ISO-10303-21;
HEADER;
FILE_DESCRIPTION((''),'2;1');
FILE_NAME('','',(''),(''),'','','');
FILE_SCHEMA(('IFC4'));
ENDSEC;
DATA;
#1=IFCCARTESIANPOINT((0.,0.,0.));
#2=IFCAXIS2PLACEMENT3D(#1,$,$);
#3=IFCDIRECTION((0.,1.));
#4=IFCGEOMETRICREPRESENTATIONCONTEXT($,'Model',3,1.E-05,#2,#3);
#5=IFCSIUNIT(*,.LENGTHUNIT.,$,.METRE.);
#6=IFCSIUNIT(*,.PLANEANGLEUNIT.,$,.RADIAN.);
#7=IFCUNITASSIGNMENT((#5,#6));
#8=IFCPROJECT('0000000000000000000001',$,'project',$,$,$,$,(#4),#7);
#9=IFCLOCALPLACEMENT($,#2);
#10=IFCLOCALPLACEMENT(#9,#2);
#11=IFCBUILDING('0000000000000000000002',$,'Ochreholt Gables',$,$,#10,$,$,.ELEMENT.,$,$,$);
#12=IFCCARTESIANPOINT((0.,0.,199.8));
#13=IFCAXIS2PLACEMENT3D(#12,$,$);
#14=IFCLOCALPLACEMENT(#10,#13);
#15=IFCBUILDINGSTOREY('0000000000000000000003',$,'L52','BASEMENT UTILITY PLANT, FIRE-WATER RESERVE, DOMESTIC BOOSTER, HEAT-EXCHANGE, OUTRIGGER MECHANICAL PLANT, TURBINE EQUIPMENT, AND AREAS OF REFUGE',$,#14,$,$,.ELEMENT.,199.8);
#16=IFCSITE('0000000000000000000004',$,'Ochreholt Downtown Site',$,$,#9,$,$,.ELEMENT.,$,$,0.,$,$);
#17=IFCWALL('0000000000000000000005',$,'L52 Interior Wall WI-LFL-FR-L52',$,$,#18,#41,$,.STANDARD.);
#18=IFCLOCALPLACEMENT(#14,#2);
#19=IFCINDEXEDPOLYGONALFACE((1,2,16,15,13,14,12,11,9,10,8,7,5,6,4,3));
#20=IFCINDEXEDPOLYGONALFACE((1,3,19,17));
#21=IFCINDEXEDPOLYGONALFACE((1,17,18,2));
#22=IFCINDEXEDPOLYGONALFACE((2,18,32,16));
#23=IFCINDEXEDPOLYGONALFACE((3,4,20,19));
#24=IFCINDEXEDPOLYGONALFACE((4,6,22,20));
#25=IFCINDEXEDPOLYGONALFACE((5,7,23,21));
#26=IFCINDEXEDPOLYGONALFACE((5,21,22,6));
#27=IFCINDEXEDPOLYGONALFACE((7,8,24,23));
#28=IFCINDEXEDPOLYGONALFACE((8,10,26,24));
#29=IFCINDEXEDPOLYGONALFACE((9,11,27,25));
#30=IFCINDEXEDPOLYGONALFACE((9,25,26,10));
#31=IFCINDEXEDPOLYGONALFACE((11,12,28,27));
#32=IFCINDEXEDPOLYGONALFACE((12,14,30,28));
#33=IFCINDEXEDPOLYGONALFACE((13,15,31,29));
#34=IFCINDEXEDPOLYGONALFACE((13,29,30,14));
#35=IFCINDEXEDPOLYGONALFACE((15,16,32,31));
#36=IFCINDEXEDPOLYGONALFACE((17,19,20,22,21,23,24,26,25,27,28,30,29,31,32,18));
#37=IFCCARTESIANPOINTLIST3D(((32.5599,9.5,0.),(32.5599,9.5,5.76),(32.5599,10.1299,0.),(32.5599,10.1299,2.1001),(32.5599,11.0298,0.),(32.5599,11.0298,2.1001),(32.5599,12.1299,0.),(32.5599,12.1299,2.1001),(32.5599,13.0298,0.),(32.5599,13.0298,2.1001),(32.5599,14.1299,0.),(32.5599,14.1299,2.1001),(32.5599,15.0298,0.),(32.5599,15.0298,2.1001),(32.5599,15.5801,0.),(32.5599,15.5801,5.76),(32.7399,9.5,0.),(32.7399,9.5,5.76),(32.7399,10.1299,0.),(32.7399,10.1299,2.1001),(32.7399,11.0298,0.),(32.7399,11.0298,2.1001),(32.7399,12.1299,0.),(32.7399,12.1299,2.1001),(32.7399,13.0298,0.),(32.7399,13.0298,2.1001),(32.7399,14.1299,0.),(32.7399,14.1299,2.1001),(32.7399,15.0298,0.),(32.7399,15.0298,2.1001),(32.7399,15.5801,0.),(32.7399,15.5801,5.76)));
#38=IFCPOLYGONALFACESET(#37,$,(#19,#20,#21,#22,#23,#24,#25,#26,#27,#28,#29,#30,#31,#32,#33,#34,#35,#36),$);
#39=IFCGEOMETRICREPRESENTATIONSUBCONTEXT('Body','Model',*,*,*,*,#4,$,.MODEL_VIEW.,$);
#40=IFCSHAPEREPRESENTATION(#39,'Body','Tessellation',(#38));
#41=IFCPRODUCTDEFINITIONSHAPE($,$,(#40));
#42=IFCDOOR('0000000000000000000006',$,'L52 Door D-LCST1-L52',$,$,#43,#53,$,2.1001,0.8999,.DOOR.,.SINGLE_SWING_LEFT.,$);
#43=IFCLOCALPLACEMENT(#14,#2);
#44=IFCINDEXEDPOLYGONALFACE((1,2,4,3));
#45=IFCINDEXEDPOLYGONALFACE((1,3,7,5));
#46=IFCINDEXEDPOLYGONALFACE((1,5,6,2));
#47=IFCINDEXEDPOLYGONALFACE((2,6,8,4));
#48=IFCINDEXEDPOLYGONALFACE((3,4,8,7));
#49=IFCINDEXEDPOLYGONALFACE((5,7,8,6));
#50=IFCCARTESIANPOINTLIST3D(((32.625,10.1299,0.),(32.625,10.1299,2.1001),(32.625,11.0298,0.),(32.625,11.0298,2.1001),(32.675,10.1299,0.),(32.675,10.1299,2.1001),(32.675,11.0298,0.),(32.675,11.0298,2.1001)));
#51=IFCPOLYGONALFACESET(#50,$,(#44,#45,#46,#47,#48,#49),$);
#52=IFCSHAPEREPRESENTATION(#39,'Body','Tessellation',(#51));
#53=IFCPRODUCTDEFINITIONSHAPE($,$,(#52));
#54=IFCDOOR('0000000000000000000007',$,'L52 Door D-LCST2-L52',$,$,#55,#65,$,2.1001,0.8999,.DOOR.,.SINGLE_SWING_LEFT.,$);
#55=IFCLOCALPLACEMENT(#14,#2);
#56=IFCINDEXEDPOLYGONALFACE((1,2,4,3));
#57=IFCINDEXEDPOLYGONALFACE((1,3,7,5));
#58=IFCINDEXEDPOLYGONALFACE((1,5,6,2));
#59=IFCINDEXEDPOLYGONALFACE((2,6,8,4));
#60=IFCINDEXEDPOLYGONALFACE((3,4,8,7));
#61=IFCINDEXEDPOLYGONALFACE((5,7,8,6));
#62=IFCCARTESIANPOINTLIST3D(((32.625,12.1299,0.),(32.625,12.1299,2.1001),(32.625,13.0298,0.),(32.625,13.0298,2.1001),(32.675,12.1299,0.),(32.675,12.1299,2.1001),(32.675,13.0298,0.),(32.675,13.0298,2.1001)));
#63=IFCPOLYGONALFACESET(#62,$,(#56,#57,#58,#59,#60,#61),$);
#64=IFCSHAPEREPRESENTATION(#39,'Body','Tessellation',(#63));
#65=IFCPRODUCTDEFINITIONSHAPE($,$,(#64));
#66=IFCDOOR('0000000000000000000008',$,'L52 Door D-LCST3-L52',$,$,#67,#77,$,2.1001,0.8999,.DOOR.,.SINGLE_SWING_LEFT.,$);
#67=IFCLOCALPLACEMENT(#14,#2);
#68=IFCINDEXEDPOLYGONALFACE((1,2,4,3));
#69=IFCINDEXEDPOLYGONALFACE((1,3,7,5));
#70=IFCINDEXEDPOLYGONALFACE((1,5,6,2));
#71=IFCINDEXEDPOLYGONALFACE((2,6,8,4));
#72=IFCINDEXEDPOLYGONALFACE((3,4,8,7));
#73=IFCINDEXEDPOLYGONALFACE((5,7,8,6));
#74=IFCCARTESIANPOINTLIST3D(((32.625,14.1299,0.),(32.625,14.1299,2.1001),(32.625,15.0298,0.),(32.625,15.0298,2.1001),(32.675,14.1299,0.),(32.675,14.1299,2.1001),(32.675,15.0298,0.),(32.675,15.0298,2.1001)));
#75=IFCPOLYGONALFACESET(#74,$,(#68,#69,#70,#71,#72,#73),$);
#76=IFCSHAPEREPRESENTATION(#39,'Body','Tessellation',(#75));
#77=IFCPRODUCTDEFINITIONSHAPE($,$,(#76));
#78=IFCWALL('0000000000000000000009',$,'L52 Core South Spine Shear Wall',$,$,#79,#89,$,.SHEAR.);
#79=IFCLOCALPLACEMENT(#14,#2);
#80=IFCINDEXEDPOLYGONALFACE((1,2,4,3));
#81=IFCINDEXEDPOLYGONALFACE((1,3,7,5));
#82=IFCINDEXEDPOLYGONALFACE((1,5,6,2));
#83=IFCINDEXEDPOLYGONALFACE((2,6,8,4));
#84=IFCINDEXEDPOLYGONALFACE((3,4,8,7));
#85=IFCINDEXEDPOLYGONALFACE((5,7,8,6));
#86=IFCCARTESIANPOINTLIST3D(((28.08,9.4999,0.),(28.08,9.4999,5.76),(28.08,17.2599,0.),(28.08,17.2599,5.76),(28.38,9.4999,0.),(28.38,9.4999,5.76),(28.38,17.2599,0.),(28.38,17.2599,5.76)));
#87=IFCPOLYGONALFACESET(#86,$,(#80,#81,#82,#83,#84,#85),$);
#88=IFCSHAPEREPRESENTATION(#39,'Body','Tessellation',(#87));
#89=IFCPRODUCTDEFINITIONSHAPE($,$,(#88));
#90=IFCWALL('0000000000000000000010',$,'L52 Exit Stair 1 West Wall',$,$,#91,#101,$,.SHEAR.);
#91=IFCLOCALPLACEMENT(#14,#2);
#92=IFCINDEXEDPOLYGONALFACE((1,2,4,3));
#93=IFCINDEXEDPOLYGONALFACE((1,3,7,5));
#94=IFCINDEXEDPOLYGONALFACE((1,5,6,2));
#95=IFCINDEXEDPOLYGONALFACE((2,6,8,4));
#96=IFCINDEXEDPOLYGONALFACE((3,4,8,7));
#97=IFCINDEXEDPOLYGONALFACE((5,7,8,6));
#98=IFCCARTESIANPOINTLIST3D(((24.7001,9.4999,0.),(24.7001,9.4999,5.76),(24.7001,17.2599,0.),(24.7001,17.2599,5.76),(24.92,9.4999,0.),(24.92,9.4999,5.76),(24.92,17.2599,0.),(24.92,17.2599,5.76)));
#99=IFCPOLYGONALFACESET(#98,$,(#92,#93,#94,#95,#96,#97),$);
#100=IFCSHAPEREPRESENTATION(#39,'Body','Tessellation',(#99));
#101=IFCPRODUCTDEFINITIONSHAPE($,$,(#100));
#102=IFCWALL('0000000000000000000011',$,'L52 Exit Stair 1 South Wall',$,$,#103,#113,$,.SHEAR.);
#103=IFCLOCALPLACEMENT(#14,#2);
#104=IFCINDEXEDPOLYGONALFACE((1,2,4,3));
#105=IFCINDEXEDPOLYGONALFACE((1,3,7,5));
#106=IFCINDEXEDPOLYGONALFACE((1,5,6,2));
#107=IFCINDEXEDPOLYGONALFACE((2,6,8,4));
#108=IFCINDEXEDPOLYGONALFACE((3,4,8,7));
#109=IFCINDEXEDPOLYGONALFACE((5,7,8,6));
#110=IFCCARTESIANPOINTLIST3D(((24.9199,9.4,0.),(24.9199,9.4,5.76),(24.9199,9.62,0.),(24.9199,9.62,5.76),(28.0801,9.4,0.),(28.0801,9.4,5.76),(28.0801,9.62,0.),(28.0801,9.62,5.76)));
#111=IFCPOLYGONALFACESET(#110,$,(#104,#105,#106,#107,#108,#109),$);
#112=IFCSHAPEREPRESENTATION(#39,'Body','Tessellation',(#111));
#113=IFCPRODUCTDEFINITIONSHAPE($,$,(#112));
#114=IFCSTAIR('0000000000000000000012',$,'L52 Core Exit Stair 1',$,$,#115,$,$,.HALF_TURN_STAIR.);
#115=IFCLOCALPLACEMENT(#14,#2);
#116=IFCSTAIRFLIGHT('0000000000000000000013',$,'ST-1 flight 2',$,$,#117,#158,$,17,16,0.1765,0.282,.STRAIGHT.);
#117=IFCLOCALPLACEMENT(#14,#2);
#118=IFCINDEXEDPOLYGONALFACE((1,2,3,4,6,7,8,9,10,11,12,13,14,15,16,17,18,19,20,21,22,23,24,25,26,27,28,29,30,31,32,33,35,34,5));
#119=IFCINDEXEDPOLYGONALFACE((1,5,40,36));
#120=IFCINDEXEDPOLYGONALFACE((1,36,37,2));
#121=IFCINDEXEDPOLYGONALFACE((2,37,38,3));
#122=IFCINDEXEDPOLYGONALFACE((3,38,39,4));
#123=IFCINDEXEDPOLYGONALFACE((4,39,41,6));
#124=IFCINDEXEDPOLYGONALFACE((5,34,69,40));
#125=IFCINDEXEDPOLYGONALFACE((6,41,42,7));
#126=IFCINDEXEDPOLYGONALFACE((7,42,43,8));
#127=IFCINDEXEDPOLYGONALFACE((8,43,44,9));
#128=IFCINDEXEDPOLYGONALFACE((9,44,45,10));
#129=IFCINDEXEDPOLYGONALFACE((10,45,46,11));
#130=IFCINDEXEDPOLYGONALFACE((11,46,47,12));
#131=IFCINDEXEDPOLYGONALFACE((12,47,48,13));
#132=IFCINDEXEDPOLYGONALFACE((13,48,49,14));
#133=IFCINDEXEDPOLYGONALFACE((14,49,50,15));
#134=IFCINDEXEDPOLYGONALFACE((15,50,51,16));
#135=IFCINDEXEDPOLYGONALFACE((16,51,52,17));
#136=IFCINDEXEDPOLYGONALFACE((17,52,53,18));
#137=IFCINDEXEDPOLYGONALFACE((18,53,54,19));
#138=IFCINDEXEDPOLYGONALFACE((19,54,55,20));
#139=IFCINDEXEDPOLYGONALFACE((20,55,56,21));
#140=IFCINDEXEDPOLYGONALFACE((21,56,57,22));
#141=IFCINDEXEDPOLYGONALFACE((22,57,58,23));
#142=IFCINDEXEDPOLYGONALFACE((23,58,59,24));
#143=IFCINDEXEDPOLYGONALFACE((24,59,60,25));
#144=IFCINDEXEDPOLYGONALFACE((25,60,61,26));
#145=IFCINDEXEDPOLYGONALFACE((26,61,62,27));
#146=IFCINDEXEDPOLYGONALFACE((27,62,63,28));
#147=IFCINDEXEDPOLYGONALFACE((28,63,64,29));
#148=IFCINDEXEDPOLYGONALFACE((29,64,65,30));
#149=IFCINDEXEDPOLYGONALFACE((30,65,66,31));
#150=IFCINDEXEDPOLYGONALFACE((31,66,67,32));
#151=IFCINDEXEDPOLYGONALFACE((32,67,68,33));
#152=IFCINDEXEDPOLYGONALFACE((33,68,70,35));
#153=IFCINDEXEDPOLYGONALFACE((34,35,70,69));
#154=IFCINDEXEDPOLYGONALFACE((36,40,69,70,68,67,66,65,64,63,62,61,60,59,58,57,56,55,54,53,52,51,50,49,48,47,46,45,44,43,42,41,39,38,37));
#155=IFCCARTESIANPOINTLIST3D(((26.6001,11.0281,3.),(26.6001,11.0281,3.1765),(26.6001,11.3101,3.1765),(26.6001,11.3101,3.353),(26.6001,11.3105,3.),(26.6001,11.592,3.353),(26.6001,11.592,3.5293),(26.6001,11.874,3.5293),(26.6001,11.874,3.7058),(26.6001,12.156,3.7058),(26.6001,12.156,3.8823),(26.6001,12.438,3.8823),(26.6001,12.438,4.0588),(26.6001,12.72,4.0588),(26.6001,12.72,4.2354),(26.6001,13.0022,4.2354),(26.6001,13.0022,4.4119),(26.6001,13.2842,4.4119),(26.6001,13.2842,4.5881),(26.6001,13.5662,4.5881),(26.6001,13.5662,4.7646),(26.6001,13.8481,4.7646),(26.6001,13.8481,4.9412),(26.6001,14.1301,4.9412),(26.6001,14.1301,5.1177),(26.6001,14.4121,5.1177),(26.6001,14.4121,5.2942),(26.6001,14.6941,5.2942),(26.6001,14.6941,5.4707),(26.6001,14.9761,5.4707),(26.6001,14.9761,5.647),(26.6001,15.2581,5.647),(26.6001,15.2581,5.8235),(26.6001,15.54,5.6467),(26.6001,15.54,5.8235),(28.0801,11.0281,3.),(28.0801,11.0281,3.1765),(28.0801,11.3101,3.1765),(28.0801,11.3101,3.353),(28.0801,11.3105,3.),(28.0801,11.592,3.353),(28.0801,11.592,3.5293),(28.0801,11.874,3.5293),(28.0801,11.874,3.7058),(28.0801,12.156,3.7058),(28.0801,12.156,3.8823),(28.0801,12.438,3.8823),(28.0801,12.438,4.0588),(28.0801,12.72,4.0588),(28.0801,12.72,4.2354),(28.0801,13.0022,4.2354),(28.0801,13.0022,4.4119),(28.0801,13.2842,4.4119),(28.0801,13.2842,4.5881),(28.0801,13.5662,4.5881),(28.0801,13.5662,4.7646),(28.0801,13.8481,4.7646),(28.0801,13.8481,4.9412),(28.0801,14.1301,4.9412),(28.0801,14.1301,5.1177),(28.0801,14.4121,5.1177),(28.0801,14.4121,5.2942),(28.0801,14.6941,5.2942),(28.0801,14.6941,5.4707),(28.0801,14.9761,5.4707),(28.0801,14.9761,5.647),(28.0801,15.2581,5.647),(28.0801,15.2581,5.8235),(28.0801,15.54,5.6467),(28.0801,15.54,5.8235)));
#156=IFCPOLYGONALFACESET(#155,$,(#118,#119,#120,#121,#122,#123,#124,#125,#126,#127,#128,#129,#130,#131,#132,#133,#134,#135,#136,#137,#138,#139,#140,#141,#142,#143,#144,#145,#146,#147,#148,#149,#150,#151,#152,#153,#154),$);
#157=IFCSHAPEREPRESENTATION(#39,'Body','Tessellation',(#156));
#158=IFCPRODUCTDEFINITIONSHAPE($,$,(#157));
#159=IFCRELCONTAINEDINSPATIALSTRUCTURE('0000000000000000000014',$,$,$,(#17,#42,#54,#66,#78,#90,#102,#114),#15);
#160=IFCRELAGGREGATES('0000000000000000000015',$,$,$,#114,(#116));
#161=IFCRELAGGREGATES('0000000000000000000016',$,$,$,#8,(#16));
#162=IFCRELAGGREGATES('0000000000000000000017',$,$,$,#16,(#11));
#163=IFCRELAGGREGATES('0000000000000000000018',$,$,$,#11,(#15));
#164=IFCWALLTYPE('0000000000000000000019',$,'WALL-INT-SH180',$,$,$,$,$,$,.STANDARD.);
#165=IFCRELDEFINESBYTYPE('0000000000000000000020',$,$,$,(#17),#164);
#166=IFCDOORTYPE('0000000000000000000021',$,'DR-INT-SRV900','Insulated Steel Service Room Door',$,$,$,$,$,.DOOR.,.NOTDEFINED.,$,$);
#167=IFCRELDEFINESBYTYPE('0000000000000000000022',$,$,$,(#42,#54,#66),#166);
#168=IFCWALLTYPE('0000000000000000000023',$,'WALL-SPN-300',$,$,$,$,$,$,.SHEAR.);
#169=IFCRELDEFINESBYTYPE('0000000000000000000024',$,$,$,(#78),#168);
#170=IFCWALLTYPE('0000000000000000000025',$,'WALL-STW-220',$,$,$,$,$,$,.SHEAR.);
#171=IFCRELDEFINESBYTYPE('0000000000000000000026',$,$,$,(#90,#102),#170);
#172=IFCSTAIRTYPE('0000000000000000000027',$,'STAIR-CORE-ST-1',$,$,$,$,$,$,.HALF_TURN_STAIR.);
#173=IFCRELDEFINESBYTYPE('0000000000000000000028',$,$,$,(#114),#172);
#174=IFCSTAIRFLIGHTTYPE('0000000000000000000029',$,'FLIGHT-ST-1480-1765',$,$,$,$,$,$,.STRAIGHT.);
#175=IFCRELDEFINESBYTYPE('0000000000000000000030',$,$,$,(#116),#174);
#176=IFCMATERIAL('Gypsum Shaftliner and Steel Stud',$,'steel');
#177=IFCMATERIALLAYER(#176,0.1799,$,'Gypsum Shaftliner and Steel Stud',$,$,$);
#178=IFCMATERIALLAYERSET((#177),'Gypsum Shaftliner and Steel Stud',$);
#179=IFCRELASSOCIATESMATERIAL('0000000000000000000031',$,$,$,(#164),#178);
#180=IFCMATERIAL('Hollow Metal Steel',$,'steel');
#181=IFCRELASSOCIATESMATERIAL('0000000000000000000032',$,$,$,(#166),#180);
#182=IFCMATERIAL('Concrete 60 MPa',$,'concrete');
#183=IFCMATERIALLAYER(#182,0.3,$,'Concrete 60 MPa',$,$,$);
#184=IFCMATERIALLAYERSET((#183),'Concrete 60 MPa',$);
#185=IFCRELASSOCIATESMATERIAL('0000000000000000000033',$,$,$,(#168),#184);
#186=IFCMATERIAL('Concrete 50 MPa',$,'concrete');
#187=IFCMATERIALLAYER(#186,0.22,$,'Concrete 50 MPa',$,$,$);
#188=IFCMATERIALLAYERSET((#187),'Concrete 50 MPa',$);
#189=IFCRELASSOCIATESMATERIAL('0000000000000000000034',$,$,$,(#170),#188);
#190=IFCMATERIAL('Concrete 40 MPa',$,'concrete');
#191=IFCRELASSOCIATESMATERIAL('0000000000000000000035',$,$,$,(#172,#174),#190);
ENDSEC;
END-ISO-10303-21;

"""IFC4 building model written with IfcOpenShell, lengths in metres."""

from ifc_helpers import new_model, si_unit, direction, frame, frame_2d, origin, place, context, subcontext, project, spatial, polyline, rectangle, outline, extrude, material, layer, layer_set, type_object, element, fill, aggregate, save


model = new_model("IFC4")

# Units and contexts
model_context = context("Model", 3, precision=1e-05, world=origin(), true_north=direction((0.0, 1.0)))
body_context = subcontext(model_context, "Body", "Model", "MODEL_VIEW")
ifc_project = project(units=[si_unit("LENGTHUNIT", "METRE"), si_unit("PLANEANGLEUNIT", "RADIAN")], contexts=[model_context])

# Site, building, storey
site_placement = place(None, origin())
site = spatial("IfcSite", under=ifc_project, at=site_placement, Name="Ochreholt Downtown Site", CompositionType="ELEMENT", RefElevation=0.0)
building_placement = place(site_placement, origin())
building = spatial("IfcBuilding", under=site, at=building_placement, Name="Ochreholt Gables", CompositionType="ELEMENT")
storey_placement = place(building_placement, frame((0.0, 0.0, 199.8)))
storey = spatial("IfcBuildingStorey", under=building, at=storey_placement, Name="L52", Description="BASEMENT UTILITY PLANT, FIRE-WATER RESERVE, DOMESTIC BOOSTER, HEAT-EXCHANGE, OUTRIGGER MECHANICAL PLANT, TURBINE EQUIPMENT, AND AREAS OF REFUGE", CompositionType="ELEMENT", Elevation=199.8)

# Shared definitions
ifc_material_1 = material(Name="Concrete 50 MPa", Category="concrete")

# Shared definitions
ifc_material_2 = material(Name="Concrete 40 MPa", Category="concrete")

# Wall, openings, doors
ifc_material_3 = material(Name="Gypsum Shaftliner and Steel Stud", Category="steel")
ifc_layer_1 = layer(ifc_material_3, 0.1799, Name="Gypsum Shaftliner and Steel Stud")
ifc_layer_set_1 = layer_set([ifc_layer_1], Name="Gypsum Shaftliner and Steel Stud")
wall_type_1 = type_object("IfcWallType", Name="WALL-INT-SH180", PredefinedType="STANDARD", material=ifc_layer_set_1)
wall_1_placement = place(storey_placement, frame((32.6499, 9.5, 0.0), z_axis=(0.0, 0.0, 1.0), x_axis=(0.0, 1.0, 0.0)))
wall_1 = element("IfcWall", 1, at=wall_1_placement, inside=storey, type_object=wall_type_1, Name="L52 Interior Wall WI-LFL-FR-L52", PredefinedType="STANDARD", context=body_context, shape_type="SweptSolid", body=[
    extrude(rectangle(XDim=6.0801, YDim=0.1799, at=frame_2d((3.04, 0.0))), origin(), (0.0, 0.0, 1.0), 5.76),
])
opening_1_placement = place(wall_1_placement, frame((0.6299, 0.0, 0.0)))
opening_1 = element("IfcOpeningElement", 2, at=opening_1_placement, cuts=wall_1, PredefinedType="OPENING", context=body_context, shape_type="SweptSolid", body=[
    extrude(rectangle(XDim=0.8999, YDim=2.1001, at=frame_2d((0.45, 1.05))), frame((0.0, 0.0999, 0.0), z_axis=(0.0, -1.0, 0.0), x_axis=(1.0, 0.0, 0.0)), (0.0, 0.0, 1.0), 0.2),
])
opening_2_placement = place(wall_1_placement, frame((2.6299, 0.0, 0.0)))
opening_2 = element("IfcOpeningElement", 3, at=opening_2_placement, cuts=wall_1, PredefinedType="OPENING", context=body_context, shape_type="SweptSolid", body=[
    extrude(rectangle(XDim=0.8999, YDim=2.1001, at=frame_2d((0.45, 1.05))), frame((0.0, 0.0999, 0.0), z_axis=(0.0, -1.0, 0.0), x_axis=(1.0, 0.0, 0.0)), (0.0, 0.0, 1.0), 0.2),
])
opening_3_placement = place(wall_1_placement, frame((4.6299, 0.0, 0.0)))
opening_3 = element("IfcOpeningElement", 4, at=opening_3_placement, cuts=wall_1, PredefinedType="OPENING", context=body_context, shape_type="SweptSolid", body=[
    extrude(rectangle(XDim=0.8999, YDim=2.1001, at=frame_2d((0.45, 1.05))), frame((0.0, 0.0999, 0.0), z_axis=(0.0, -1.0, 0.0), x_axis=(1.0, 0.0, 0.0)), (0.0, 0.0, 1.0), 0.2),
])
ifc_material_4 = material(Name="Hollow Metal Steel", Category="steel")
door_type = type_object("IfcDoorType", Name="DR-INT-SRV900", Description="Insulated Steel Service Room Door", OperationType="NOTDEFINED", PredefinedType="DOOR", material=ifc_material_4)
door_1_placement = place(opening_1_placement, origin())
door_1 = element("IfcDoor", 5, at=door_1_placement, inside=storey, type_object=door_type, Name="L52 Door D-LCST1-L52", OperationType="SINGLE_SWING_LEFT", OverallHeight=2.1001, OverallWidth=0.8999, PredefinedType="DOOR", context=body_context, shape_type="SweptSolid", body=[
    extrude(rectangle(XDim=0.8999, YDim=2.1001, at=frame_2d((0.45, 1.05))), frame((0.0, 0.0249, 0.0), z_axis=(0.0, -1.0, 0.0), x_axis=(1.0, 0.0, 0.0)), (0.0, 0.0, 1.0), 0.05),
])
fill(opening_1, door_1)
door_2_placement = place(opening_2_placement, origin())
door_2 = element("IfcDoor", 6, at=door_2_placement, inside=storey, type_object=door_type, Name="L52 Door D-LCST2-L52", OperationType="SINGLE_SWING_LEFT", OverallHeight=2.1001, OverallWidth=0.8999, PredefinedType="DOOR", context=body_context, shape_type="SweptSolid", body=[
    extrude(rectangle(XDim=0.8999, YDim=2.1001, at=frame_2d((0.45, 1.05))), frame((0.0, 0.0249, 0.0), z_axis=(0.0, -1.0, 0.0), x_axis=(1.0, 0.0, 0.0)), (0.0, 0.0, 1.0), 0.05),
])
fill(opening_2, door_2)
door_3_placement = place(opening_3_placement, origin())
door_3 = element("IfcDoor", 7, at=door_3_placement, inside=storey, type_object=door_type, Name="L52 Door D-LCST3-L52", OperationType="SINGLE_SWING_LEFT", OverallHeight=2.1001, OverallWidth=0.8999, PredefinedType="DOOR", context=body_context, shape_type="SweptSolid", body=[
    extrude(rectangle(XDim=0.8999, YDim=2.1001, at=frame_2d((0.45, 1.05))), frame((0.0, 0.0249, 0.0), z_axis=(0.0, -1.0, 0.0), x_axis=(1.0, 0.0, 0.0)), (0.0, 0.0, 1.0), 0.05),
])
fill(opening_3, door_3)

# Walls
ifc_material_5 = material(Name="Concrete 60 MPa", Category="concrete")
ifc_layer_2 = layer(ifc_material_5, 0.3, Name="Concrete 60 MPa")
ifc_layer_set_2 = layer_set([ifc_layer_2], Name="Concrete 60 MPa")
wall_type_2 = type_object("IfcWallType", Name="WALL-SPN-300", PredefinedType="SHEAR", material=ifc_layer_set_2)
wall_2_placement = place(storey_placement, frame((28.23, 9.5, 0.0), z_axis=(0.0, 0.0, 1.0), x_axis=(0.0, 1.0, 0.0)))
element("IfcWall", 8, at=wall_2_placement, inside=storey, type_object=wall_type_2, Name="L52 Core South Spine Shear Wall", PredefinedType="SHEAR", context=body_context, shape_type="SweptSolid", body=[
    extrude(rectangle(XDim=7.76, YDim=0.3, at=frame_2d((3.8799, 0.0))), origin(), (0.0, 0.0, 1.0), 5.76),
])
ifc_layer_3 = layer(ifc_material_1, 0.22, Name="Concrete 50 MPa")
ifc_layer_set_3 = layer_set([ifc_layer_3], Name="Concrete 50 MPa")
wall_type_3 = type_object("IfcWallType", Name="WALL-STW-220", PredefinedType="SHEAR", material=ifc_layer_set_3)
wall_3_placement = place(storey_placement, frame((24.8101, 9.5, 0.0), z_axis=(0.0, 0.0, 1.0), x_axis=(0.0, 1.0, 0.0)))
element("IfcWall", 9, at=wall_3_placement, inside=storey, type_object=wall_type_3, Name="L52 Exit Stair 1 West Wall", PredefinedType="SHEAR", context=body_context, shape_type="SweptSolid", body=[
    extrude(rectangle(XDim=7.76, YDim=0.22, at=frame_2d((3.8799, 0.0))), origin(), (0.0, 0.0, 1.0), 5.76),
])
wall_4_placement = place(storey_placement, frame((24.9199, 9.51, 0.0), z_axis=(0.0, 0.0, 1.0), x_axis=(1.0, 0.0, 0.0)))
element("IfcWall", 10, at=wall_4_placement, inside=storey, type_object=wall_type_3, Name="L52 Exit Stair 1 South Wall", PredefinedType="SHEAR", context=body_context, shape_type="SweptSolid", body=[
    extrude(rectangle(XDim=3.1602, YDim=0.22, at=frame_2d((1.5801, 0.0))), origin(), (0.0, 0.0, 1.0), 5.76),
])

# Stair, stair flight
stair_type = type_object("IfcStairType", Name="STAIR-CORE-ST-1", PredefinedType="HALF_TURN_STAIR", material=ifc_material_2)
stair_placement = place(storey_placement, origin())
stair = element("IfcStair", 11, at=stair_placement, inside=storey, type_object=stair_type, Name="L52 Core Exit Stair 1", PredefinedType="HALF_TURN_STAIR")
stair_flight_type = type_object("IfcStairFlightType", Name="FLIGHT-ST-1480-1765", PredefinedType="STRAIGHT", material=ifc_material_2)
stair_flight_placement = place(storey_placement, frame((27.3401, 11.0281, 3.0), z_axis=(0.0, 0.0, 1.0), x_axis=(0.0, 1.0, 0.0)))
stair_flight = element("IfcStairFlight", 12, at=stair_flight_placement, type_object=stair_flight_type, Name="ST-1 flight 2", NumberOfRisers=17, NumberOfTreads=16, PredefinedType="STRAIGHT", RiserHeight=0.1765, TreadLength=0.282, context=body_context, shape_type="SweptSolid", body=[
    extrude(outline(polyline([(0.0, 0.0), (0.0, 0.1765), (0.282, 0.1765), (0.282, 0.353), (0.564, 0.353), (0.564, 0.5293), (0.8459, 0.5293), (0.8459, 0.7058), (1.1279, 0.7058), (1.1279, 0.8823), (1.4099, 0.8823), (1.4099, 1.0588), (1.6919, 1.0588), (1.6919, 1.2354), (1.9741, 1.2354), (1.9741, 1.4119), (2.2561, 1.4119), (2.2561, 1.5881), (2.5381, 1.5881), (2.5381, 1.7646), (2.8201, 1.7646), (2.8201, 1.9412), (3.1021, 1.9412), (3.1021, 2.1177), (3.384, 2.1177), (3.384, 2.2942), (3.666, 2.2942), (3.666, 2.4707), (3.948, 2.4707), (3.948, 2.647), (4.23, 2.647), (4.23, 2.8235), (4.512, 2.8235), (4.512, 3.0), (4.512, 2.6467), (0.2825, 0.0), (0.0, 0.0)])), frame((0.0, 0.74, 0.0), z_axis=(0.0, -1.0, 0.0), x_axis=(1.0, 0.0, 0.0)), (0.0, 0.0, 1.0), 1.48),
])
aggregate(stair, [stair_flight])

save(model, "model.ifc")
